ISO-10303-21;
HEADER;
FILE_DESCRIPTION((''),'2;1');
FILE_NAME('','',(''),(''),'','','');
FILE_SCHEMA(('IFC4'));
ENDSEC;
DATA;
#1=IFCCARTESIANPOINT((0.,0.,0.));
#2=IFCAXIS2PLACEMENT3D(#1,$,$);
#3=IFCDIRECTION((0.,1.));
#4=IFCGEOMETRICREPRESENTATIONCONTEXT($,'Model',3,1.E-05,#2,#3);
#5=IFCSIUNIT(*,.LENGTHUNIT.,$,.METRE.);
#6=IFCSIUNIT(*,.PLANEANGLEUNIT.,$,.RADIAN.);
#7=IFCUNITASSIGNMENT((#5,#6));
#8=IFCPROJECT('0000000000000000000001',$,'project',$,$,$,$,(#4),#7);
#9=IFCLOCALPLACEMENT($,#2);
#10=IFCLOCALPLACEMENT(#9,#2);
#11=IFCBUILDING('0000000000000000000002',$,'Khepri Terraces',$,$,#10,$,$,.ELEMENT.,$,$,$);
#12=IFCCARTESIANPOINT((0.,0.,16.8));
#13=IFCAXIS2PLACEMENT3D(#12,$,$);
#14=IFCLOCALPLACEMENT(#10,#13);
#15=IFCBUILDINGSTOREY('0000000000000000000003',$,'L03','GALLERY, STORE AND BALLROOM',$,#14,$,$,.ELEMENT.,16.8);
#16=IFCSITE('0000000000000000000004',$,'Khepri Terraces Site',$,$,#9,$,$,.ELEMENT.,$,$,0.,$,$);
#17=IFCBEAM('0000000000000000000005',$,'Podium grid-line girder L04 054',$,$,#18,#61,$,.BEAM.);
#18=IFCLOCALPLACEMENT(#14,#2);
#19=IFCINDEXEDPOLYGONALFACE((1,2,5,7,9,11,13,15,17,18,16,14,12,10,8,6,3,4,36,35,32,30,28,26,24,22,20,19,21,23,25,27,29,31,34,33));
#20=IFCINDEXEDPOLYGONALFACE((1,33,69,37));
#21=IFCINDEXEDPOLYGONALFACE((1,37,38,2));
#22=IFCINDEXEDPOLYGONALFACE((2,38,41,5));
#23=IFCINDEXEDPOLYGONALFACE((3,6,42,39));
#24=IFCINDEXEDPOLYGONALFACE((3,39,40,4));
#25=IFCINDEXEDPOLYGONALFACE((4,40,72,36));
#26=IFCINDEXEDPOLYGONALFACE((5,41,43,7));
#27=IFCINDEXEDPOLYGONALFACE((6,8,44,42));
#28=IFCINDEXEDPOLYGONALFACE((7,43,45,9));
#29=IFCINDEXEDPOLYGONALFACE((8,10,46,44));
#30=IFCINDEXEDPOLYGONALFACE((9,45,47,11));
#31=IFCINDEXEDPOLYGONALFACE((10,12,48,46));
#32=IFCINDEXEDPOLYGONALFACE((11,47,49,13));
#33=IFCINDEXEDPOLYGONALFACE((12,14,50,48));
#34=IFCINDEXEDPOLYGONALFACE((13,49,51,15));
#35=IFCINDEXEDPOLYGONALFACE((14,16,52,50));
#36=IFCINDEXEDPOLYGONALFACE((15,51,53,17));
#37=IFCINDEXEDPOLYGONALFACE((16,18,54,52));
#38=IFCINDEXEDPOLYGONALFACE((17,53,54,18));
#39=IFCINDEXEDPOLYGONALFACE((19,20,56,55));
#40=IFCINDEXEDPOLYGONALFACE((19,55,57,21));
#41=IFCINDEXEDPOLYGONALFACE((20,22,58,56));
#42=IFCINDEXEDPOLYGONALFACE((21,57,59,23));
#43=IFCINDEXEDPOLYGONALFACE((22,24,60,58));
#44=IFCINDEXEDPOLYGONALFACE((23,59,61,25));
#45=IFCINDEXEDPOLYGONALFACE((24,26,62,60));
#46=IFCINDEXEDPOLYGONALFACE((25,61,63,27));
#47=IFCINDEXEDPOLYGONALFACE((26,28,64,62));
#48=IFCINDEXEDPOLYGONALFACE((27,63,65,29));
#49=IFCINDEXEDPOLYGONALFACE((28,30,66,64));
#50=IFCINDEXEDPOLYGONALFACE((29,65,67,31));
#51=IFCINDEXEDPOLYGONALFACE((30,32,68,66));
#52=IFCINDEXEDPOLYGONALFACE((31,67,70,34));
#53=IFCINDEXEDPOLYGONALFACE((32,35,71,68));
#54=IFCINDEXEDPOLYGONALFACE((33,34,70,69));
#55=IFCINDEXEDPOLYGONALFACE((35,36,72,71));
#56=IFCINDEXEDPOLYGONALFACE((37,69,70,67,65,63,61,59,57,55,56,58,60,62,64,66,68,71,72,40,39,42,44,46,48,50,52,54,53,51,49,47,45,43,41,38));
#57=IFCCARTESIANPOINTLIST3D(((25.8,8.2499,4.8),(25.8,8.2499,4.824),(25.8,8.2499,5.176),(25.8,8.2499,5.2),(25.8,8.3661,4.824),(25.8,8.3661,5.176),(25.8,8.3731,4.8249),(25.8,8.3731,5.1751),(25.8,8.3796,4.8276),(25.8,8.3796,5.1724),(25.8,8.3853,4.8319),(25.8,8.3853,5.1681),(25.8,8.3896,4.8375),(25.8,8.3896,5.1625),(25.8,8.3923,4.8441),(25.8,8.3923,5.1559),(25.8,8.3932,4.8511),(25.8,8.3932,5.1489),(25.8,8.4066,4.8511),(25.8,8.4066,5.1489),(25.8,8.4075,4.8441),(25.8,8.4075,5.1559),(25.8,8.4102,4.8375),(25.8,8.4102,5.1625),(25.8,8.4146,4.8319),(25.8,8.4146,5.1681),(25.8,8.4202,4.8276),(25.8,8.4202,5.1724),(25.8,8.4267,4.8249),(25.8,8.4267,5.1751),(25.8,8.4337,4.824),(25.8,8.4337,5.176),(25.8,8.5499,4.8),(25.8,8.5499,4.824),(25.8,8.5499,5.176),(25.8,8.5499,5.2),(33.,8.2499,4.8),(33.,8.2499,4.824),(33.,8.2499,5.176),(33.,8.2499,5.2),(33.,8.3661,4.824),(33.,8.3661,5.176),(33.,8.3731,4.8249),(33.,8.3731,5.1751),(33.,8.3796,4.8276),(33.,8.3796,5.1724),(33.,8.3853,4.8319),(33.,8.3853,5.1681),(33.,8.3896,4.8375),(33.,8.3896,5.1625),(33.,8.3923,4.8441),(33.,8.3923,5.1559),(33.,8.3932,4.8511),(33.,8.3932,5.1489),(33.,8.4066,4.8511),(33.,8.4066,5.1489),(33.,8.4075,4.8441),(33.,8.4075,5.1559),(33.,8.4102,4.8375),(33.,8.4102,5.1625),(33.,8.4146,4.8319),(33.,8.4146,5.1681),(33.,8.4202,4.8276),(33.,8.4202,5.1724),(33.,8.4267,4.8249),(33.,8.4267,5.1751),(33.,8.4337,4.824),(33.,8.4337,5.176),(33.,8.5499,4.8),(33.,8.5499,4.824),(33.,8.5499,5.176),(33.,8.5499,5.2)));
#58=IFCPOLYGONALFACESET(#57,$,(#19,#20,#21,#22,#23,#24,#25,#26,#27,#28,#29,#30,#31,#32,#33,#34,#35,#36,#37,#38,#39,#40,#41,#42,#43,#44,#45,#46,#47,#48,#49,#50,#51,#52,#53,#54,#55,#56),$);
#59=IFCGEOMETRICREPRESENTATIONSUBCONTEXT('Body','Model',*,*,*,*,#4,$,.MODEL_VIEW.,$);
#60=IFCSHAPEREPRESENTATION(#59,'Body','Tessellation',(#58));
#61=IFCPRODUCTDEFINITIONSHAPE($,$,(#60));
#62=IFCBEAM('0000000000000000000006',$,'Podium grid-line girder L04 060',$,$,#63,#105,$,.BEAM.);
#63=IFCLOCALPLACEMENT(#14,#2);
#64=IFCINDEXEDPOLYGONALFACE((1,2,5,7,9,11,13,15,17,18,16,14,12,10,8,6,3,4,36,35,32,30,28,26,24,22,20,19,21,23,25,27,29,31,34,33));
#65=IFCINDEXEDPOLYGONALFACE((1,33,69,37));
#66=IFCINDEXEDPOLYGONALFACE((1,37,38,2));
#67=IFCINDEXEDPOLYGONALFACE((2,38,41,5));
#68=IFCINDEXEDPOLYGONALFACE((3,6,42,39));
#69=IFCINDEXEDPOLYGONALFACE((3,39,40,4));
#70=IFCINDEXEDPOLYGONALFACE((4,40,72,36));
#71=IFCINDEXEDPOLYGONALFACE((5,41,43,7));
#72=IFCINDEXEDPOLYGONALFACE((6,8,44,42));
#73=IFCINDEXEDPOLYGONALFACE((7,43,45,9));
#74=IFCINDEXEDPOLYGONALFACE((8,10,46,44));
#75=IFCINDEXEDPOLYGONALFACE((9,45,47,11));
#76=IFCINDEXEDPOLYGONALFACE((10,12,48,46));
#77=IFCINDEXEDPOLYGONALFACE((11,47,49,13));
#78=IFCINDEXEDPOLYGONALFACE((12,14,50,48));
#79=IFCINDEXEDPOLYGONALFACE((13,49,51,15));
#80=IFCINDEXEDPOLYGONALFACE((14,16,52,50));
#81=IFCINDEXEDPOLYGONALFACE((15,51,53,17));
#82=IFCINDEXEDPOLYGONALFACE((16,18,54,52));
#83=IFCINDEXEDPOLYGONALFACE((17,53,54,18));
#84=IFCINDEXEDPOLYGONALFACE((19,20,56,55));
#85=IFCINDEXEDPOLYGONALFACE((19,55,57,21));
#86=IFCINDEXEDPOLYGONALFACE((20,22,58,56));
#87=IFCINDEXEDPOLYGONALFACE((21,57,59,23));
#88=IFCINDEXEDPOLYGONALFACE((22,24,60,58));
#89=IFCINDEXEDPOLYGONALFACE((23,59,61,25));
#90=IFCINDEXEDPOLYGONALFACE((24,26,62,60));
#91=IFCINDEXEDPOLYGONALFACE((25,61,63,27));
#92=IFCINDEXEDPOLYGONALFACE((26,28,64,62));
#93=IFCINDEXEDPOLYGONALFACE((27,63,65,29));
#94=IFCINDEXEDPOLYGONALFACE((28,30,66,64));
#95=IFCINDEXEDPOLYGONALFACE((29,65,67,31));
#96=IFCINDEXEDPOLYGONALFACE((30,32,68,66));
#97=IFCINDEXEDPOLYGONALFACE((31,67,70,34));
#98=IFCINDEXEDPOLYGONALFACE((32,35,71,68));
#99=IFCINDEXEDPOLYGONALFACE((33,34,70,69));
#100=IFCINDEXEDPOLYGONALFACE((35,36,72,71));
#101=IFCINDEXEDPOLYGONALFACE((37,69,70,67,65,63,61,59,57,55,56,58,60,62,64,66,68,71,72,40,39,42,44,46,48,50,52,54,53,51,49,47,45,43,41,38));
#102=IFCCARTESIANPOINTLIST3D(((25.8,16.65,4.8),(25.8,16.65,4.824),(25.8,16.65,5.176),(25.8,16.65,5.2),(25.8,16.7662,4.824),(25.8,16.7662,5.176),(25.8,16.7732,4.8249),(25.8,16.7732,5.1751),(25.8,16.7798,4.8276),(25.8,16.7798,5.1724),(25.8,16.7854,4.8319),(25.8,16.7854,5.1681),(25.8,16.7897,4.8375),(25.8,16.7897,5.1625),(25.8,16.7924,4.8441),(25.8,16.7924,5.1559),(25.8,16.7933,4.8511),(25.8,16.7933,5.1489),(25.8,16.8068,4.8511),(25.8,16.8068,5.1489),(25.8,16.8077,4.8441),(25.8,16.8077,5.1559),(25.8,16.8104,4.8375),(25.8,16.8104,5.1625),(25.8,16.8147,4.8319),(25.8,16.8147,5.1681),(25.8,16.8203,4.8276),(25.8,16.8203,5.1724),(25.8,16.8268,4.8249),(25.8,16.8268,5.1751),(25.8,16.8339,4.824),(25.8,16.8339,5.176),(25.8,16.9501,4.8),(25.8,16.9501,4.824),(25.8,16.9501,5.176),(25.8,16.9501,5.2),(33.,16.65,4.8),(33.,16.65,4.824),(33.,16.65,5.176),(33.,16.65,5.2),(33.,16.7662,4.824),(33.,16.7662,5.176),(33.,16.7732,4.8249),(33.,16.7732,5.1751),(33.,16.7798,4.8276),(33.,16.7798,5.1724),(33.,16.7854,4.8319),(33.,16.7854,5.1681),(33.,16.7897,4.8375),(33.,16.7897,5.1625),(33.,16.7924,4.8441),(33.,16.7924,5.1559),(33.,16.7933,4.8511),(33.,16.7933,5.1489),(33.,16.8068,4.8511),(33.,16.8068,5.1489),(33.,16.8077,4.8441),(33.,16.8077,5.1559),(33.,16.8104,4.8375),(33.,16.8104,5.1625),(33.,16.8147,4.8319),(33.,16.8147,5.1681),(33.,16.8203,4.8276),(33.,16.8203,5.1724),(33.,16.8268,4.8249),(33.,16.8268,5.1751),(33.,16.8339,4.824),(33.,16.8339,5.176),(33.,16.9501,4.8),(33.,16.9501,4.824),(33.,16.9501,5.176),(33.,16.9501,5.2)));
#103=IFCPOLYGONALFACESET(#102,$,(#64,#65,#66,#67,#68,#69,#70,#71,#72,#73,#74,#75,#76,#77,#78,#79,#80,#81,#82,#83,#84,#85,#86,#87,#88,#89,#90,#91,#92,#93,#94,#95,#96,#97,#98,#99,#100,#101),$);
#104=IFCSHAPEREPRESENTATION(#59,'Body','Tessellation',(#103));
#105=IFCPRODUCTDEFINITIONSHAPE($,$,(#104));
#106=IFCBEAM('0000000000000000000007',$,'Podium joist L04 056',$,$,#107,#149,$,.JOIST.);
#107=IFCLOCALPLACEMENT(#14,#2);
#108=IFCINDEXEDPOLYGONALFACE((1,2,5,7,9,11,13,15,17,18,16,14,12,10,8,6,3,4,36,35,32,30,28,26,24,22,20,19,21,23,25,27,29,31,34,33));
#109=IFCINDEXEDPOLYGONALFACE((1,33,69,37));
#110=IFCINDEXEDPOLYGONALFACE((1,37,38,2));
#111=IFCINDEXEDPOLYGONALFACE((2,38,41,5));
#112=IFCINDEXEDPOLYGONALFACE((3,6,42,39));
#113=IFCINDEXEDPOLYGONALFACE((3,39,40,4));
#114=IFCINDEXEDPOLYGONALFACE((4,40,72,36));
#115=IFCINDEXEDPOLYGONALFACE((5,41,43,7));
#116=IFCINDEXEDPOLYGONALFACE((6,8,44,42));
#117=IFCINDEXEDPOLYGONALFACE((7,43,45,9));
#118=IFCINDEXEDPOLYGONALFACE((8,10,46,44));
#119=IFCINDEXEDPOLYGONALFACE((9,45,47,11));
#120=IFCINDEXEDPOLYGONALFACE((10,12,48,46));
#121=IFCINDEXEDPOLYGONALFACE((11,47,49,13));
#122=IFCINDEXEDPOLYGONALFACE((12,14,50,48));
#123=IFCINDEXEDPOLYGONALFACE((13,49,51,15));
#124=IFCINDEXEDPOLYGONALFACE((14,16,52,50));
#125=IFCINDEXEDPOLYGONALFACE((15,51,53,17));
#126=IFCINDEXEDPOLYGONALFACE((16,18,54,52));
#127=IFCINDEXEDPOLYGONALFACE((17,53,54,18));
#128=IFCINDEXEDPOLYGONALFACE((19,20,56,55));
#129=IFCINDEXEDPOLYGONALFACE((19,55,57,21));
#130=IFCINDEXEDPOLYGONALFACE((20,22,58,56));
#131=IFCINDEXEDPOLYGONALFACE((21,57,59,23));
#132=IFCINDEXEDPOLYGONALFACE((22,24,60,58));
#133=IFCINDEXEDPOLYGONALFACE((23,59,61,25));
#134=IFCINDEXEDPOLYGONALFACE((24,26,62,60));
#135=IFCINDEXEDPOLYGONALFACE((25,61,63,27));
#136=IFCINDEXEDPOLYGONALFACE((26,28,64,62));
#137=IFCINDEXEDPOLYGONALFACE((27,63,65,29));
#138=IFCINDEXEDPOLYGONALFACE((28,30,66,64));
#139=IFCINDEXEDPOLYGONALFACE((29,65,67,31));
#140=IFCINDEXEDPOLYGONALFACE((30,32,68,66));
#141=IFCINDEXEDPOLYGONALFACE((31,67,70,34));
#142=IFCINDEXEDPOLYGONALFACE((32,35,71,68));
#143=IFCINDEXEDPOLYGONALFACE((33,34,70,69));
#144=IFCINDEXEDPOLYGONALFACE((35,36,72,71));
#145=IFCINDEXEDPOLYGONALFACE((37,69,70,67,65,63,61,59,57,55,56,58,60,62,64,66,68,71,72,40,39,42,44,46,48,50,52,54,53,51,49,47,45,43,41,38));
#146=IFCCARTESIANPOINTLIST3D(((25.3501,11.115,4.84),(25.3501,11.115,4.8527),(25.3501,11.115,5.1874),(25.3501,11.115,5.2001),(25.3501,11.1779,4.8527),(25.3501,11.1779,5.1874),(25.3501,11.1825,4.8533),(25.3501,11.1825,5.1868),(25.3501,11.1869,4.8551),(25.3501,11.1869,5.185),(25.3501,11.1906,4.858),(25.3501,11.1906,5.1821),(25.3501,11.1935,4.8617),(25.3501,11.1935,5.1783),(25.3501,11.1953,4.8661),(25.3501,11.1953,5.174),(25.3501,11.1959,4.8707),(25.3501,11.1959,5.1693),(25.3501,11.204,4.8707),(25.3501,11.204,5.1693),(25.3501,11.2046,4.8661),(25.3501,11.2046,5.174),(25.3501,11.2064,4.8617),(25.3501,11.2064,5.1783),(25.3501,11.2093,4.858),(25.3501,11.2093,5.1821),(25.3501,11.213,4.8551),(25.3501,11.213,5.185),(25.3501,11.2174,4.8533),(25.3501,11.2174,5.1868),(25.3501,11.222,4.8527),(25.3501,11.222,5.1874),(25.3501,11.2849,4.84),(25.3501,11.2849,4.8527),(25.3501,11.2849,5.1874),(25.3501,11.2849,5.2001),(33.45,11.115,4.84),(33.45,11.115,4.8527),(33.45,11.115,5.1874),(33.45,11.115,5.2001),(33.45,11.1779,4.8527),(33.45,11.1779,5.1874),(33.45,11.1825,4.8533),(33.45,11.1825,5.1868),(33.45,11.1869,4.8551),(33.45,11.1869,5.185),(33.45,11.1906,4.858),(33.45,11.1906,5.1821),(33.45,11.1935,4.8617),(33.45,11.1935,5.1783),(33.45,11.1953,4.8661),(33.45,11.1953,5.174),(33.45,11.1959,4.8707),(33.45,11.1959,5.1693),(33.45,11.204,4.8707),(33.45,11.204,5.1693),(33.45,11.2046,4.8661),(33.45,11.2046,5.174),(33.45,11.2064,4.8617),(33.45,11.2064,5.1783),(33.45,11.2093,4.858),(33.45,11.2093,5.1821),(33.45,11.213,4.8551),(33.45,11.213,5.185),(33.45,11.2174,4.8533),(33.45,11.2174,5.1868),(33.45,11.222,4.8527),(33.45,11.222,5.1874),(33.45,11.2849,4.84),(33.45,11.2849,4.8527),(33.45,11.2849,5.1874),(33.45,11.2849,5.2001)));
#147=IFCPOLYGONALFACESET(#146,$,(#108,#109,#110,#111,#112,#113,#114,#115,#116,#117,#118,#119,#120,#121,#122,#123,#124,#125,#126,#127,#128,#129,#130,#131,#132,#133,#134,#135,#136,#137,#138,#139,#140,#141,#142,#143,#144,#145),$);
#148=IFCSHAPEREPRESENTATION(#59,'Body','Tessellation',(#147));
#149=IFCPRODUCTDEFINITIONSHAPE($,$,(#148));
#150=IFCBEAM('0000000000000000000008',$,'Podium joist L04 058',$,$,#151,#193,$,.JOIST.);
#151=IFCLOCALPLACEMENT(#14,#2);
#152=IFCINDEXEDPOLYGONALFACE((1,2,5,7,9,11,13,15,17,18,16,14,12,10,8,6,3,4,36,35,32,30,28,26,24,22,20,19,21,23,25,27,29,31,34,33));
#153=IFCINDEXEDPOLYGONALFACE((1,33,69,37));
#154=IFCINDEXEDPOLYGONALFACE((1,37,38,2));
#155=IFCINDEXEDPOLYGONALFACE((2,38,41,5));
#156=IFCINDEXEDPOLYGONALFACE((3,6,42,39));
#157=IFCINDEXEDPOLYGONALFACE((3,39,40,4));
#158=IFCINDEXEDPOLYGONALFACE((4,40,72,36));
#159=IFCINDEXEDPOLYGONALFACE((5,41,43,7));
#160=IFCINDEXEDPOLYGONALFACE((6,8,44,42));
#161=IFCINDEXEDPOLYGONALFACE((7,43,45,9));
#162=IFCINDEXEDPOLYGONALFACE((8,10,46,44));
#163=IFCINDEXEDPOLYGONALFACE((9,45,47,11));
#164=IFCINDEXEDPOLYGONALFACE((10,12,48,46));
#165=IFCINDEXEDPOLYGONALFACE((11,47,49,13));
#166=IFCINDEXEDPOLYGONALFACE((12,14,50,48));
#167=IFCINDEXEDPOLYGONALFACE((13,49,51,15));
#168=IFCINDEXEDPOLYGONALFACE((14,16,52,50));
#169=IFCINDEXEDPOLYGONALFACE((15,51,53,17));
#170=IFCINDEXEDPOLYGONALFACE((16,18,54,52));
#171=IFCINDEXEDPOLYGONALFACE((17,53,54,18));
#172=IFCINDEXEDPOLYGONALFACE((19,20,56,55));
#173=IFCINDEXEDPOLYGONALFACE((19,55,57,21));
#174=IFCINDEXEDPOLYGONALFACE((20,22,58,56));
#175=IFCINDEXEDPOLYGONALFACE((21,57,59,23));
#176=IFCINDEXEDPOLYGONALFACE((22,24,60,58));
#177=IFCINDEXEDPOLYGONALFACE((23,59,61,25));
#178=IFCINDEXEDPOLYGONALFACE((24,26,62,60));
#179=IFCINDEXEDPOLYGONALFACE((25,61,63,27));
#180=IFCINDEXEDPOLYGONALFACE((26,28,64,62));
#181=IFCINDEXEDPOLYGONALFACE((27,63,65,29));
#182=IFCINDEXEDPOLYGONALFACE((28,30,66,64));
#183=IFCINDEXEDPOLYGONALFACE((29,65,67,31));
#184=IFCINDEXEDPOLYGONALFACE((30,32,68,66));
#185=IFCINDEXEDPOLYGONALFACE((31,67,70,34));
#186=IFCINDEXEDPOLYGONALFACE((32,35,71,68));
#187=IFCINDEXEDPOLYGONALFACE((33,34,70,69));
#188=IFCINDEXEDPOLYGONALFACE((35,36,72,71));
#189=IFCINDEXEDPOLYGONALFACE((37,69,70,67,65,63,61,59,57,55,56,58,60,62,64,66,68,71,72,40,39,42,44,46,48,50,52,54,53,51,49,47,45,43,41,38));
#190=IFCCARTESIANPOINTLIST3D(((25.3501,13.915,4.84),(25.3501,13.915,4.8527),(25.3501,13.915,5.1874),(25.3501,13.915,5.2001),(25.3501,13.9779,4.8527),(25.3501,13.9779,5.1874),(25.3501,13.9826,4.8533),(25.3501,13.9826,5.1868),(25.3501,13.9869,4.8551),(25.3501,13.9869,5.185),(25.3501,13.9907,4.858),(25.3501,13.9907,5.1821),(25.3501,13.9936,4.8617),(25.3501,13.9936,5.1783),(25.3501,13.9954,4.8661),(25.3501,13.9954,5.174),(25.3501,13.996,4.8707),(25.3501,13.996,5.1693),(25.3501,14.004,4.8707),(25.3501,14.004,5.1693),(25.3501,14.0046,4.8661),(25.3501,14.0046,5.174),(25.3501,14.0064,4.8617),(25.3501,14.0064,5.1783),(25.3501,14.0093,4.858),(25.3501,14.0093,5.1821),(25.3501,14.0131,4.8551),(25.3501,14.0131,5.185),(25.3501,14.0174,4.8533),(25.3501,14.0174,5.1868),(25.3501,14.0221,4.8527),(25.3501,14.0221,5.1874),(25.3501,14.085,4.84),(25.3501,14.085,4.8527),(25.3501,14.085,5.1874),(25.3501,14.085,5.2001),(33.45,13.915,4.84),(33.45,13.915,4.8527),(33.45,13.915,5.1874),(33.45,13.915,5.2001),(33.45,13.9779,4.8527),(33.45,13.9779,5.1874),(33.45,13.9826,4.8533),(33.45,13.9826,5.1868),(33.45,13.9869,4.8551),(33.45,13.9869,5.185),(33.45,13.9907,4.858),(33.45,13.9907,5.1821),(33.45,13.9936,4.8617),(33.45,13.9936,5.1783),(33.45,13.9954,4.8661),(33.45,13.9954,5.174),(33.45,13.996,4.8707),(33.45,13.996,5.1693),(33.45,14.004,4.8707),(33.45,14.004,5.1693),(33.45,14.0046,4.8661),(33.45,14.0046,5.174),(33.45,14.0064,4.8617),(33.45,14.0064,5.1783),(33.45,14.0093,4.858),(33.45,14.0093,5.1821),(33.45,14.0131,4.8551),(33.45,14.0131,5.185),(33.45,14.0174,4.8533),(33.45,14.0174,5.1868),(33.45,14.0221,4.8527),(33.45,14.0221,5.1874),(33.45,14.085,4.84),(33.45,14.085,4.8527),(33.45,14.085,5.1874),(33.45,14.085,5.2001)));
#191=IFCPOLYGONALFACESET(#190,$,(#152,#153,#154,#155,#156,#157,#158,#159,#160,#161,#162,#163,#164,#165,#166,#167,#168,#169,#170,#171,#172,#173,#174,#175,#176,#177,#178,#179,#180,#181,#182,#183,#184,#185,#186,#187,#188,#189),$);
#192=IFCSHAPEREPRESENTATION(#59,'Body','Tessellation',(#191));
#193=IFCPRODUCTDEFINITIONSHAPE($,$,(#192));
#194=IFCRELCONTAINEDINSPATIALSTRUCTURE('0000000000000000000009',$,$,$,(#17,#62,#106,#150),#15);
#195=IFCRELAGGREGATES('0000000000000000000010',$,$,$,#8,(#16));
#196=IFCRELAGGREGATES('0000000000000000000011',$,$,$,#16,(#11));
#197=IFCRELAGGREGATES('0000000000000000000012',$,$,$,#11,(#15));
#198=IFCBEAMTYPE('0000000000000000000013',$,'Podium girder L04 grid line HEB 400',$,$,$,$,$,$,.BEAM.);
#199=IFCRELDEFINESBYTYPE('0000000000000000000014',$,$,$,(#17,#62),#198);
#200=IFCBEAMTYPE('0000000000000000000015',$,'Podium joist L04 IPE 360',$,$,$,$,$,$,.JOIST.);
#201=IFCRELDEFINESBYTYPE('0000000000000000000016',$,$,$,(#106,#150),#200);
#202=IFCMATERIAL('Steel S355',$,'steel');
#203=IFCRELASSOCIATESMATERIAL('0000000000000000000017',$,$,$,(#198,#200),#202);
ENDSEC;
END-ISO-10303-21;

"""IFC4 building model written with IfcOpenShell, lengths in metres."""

from ifc_helpers import new_model, si_unit, direction, frame, origin, origin_2d, place, context, subcontext, project, spatial, i_section, extrude, material, material_profile, profile_set, type_object, element, save


model = new_model("IFC4")

# Units and contexts
model_context = context("Model", 3, precision=1e-05, world=origin(), true_north=direction((0.0, 1.0)))
body_context = subcontext(model_context, "Body", "Model", "MODEL_VIEW")
ifc_project = project(units=[si_unit("LENGTHUNIT", "METRE"), si_unit("PLANEANGLEUNIT", "RADIAN")], contexts=[model_context])

# Site, building, storey
site_placement = place(None, origin())
site = spatial("IfcSite", under=ifc_project, at=site_placement, Name="Khepri Terraces Site", CompositionType="ELEMENT", RefElevation=0.0)
building_placement = place(site_placement, origin())
building = spatial("IfcBuilding", under=site, at=building_placement, Name="Khepri Terraces", CompositionType="ELEMENT")
storey_placement = place(building_placement, frame((0.0, 0.0, 16.8)))
storey = spatial("IfcBuildingStorey", under=building, at=storey_placement, Name="L03", Description="GALLERY, STORE AND BALLROOM", CompositionType="ELEMENT", Elevation=16.8)

# Beams
ifc_material_1 = material(Name="Steel S355", Category="steel")
ifc_material_profile_1 = material_profile(ifc_material_1, i_section(OverallWidth=0.3, OverallDepth=0.3999, WebThickness=0.0134, FlangeThickness=0.0239, FilletRadius=0.0271, at=origin_2d()), Name="Steel S355", Category="steel")
ifc_profile_set_1 = profile_set([ifc_material_profile_1], Name="Steel S355")
beam_type_1 = type_object("IfcBeamType", Name="Podium girder L04 grid line HEB 400", PredefinedType="BEAM", material=ifc_profile_set_1)
for number, where, z_axis, x_axis, name in (
    (1, (25.8, 8.3999, 5.0), (1.0, 0.0, 0.0), (0.0, 1.0, 0.0), "Podium grid-line girder L04 054"),
    (2, (25.8, 16.8, 5.0), (1.0, 0.0, 0.0), (0.0, 1.0, 0.0), "Podium grid-line girder L04 060"),
):
    element("IfcBeam", number, at=place(storey_placement, frame(where, z_axis=z_axis, x_axis=x_axis)), inside=storey, type_object=beam_type_1, Name=name, PredefinedType="BEAM", context=body_context, shape_type="SweptSolid", body=[
        extrude(i_section(OverallWidth=0.3, OverallDepth=0.3999, WebThickness=0.0134, FlangeThickness=0.0239, FilletRadius=0.0271, at=origin_2d()), origin(), (0.0, 0.0, 1.0), 7.2),
    ])
ifc_material_profile_2 = material_profile(ifc_material_1, i_section(OverallWidth=0.1699, OverallDepth=0.3601, WebThickness=0.0081, FlangeThickness=0.0127, FilletRadius=0.0181, at=origin_2d()), Name="Steel S355", Category="steel")
ifc_profile_set_2 = profile_set([ifc_material_profile_2], Name="Steel S355")
beam_type_2 = type_object("IfcBeamType", Name="Podium joist L04 IPE 360", PredefinedType="JOIST", material=ifc_profile_set_2)
for number, where, z_axis, x_axis, name in (
    (3, (25.3501, 11.2, 5.02), (1.0, 0.0, 0.0), (0.0, 1.0, 0.0), "Podium joist L04 056"),
    (4, (25.3501, 14.0, 5.02), (1.0, 0.0, 0.0), (0.0, 1.0, 0.0), "Podium joist L04 058"),
):
    element("IfcBeam", number, at=place(storey_placement, frame(where, z_axis=z_axis, x_axis=x_axis)), inside=storey, type_object=beam_type_2, Name=name, PredefinedType="JOIST", context=body_context, shape_type="SweptSolid", body=[
        extrude(i_section(OverallWidth=0.1699, OverallDepth=0.3601, WebThickness=0.0081, FlangeThickness=0.0127, FilletRadius=0.0181, at=origin_2d()), origin(), (0.0, 0.0, 1.0), 8.0999),
    ])

save(model, "model.ifc")
